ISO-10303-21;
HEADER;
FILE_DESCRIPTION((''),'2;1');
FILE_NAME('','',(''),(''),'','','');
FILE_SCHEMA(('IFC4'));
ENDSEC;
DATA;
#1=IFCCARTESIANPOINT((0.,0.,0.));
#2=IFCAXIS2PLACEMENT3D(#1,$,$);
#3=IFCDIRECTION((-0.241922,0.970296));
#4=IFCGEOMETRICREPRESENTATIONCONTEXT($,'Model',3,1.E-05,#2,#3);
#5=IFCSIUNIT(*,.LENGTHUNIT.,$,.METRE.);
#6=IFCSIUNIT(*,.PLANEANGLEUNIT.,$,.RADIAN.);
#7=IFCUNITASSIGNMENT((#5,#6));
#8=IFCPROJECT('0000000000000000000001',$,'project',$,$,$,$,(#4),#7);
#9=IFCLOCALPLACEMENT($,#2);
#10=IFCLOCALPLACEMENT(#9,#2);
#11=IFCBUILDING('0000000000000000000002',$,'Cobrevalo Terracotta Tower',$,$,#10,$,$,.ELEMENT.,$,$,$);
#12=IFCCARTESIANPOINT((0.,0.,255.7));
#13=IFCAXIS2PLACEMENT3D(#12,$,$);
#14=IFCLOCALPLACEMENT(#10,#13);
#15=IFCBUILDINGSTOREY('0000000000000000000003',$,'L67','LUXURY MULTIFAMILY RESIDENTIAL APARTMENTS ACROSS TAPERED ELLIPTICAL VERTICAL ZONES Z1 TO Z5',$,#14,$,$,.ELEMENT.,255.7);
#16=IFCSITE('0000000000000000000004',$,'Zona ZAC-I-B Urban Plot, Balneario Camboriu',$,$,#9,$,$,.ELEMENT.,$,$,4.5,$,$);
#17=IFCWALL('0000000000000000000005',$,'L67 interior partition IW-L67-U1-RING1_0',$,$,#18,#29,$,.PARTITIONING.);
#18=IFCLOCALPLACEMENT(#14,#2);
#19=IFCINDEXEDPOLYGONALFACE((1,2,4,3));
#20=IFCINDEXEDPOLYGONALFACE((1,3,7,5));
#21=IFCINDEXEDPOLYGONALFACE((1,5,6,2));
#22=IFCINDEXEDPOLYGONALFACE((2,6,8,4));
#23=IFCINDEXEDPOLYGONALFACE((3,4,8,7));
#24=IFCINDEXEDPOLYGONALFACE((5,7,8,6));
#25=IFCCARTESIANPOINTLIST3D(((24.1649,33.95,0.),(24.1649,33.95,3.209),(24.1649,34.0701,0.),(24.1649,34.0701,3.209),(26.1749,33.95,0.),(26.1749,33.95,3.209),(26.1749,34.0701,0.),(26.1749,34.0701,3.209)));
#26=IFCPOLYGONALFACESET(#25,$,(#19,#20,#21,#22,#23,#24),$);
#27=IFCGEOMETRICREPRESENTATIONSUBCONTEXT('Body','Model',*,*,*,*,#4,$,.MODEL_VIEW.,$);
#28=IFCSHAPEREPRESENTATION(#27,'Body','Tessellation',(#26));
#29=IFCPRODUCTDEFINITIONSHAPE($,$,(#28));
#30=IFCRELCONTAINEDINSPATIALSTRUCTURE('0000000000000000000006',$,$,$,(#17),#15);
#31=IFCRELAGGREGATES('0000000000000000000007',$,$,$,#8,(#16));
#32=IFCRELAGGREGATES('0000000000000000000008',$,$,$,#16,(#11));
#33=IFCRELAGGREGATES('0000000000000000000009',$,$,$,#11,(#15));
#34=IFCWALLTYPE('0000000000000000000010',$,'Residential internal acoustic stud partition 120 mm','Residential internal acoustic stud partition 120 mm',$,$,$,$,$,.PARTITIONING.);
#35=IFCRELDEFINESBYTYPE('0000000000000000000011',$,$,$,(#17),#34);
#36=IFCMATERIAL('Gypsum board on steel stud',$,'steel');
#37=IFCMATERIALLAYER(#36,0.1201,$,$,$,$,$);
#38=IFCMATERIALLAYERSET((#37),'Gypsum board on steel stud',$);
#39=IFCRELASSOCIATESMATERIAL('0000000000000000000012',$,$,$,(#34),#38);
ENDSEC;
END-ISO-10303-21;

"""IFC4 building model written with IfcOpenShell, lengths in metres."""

from ifc_helpers import new_model, si_unit, direction, frame, frame_2d, origin, place, context, subcontext, project, spatial, rectangle, extrude, material, layer, layer_set, type_object, element, save


model = new_model("IFC4")

# Units and contexts
model_context = context("Model", 3, precision=1e-05, world=origin(), true_north=direction((-0.241922, 0.970296)))
body_context = subcontext(model_context, "Body", "Model", "MODEL_VIEW")
ifc_project = project(units=[si_unit("LENGTHUNIT", "METRE"), si_unit("PLANEANGLEUNIT", "RADIAN")], contexts=[model_context])

# Site, building, storey
site_placement = place(None, origin())
site = spatial("IfcSite", under=ifc_project, at=site_placement, Name="Zona ZAC-I-B Urban Plot, Balneario Camboriu", CompositionType="ELEMENT", RefElevation=4.5)
building_placement = place(site_placement, origin())
building = spatial("IfcBuilding", under=site, at=building_placement, Name="Cobrevalo Terracotta Tower", CompositionType="ELEMENT")
storey_placement = place(building_placement, frame((0.0, 0.0, 255.7)))
storey = spatial("IfcBuildingStorey", under=building, at=storey_placement, Name="L67", Description="LUXURY MULTIFAMILY RESIDENTIAL APARTMENTS ACROSS TAPERED ELLIPTICAL VERTICAL ZONES Z1 TO Z5", CompositionType="ELEMENT", Elevation=255.7)

# Wall
ifc_material_1 = material(Name="Gypsum board on steel stud", Category="steel")
ifc_layer_1 = layer(ifc_material_1, 0.1201)
ifc_layer_set_1 = layer_set([ifc_layer_1], Name="Gypsum board on steel stud")
wall_type = type_object("IfcWallType", Name="Residential internal acoustic stud partition 120 mm", Description="Residential internal acoustic stud partition 120 mm", PredefinedType="PARTITIONING", material=ifc_layer_set_1)
wall_placement = place(storey_placement, frame((24.165, 34.01, 0.0), z_axis=(0.0, 0.0, 1.0), x_axis=(1.0, 0.0, 0.0)))
element("IfcWall", 1, at=wall_placement, inside=storey, type_object=wall_type, Name="L67 interior partition IW-L67-U1-RING1_0", PredefinedType="PARTITIONING", context=body_context, shape_type="SweptSolid", body=[
    extrude(rectangle(XDim=2.01, YDim=0.1201, at=frame_2d((1.0049, 0.0))), origin(), (0.0, 0.0, 1.0), 3.209),
])

save(model, "model.ifc")
